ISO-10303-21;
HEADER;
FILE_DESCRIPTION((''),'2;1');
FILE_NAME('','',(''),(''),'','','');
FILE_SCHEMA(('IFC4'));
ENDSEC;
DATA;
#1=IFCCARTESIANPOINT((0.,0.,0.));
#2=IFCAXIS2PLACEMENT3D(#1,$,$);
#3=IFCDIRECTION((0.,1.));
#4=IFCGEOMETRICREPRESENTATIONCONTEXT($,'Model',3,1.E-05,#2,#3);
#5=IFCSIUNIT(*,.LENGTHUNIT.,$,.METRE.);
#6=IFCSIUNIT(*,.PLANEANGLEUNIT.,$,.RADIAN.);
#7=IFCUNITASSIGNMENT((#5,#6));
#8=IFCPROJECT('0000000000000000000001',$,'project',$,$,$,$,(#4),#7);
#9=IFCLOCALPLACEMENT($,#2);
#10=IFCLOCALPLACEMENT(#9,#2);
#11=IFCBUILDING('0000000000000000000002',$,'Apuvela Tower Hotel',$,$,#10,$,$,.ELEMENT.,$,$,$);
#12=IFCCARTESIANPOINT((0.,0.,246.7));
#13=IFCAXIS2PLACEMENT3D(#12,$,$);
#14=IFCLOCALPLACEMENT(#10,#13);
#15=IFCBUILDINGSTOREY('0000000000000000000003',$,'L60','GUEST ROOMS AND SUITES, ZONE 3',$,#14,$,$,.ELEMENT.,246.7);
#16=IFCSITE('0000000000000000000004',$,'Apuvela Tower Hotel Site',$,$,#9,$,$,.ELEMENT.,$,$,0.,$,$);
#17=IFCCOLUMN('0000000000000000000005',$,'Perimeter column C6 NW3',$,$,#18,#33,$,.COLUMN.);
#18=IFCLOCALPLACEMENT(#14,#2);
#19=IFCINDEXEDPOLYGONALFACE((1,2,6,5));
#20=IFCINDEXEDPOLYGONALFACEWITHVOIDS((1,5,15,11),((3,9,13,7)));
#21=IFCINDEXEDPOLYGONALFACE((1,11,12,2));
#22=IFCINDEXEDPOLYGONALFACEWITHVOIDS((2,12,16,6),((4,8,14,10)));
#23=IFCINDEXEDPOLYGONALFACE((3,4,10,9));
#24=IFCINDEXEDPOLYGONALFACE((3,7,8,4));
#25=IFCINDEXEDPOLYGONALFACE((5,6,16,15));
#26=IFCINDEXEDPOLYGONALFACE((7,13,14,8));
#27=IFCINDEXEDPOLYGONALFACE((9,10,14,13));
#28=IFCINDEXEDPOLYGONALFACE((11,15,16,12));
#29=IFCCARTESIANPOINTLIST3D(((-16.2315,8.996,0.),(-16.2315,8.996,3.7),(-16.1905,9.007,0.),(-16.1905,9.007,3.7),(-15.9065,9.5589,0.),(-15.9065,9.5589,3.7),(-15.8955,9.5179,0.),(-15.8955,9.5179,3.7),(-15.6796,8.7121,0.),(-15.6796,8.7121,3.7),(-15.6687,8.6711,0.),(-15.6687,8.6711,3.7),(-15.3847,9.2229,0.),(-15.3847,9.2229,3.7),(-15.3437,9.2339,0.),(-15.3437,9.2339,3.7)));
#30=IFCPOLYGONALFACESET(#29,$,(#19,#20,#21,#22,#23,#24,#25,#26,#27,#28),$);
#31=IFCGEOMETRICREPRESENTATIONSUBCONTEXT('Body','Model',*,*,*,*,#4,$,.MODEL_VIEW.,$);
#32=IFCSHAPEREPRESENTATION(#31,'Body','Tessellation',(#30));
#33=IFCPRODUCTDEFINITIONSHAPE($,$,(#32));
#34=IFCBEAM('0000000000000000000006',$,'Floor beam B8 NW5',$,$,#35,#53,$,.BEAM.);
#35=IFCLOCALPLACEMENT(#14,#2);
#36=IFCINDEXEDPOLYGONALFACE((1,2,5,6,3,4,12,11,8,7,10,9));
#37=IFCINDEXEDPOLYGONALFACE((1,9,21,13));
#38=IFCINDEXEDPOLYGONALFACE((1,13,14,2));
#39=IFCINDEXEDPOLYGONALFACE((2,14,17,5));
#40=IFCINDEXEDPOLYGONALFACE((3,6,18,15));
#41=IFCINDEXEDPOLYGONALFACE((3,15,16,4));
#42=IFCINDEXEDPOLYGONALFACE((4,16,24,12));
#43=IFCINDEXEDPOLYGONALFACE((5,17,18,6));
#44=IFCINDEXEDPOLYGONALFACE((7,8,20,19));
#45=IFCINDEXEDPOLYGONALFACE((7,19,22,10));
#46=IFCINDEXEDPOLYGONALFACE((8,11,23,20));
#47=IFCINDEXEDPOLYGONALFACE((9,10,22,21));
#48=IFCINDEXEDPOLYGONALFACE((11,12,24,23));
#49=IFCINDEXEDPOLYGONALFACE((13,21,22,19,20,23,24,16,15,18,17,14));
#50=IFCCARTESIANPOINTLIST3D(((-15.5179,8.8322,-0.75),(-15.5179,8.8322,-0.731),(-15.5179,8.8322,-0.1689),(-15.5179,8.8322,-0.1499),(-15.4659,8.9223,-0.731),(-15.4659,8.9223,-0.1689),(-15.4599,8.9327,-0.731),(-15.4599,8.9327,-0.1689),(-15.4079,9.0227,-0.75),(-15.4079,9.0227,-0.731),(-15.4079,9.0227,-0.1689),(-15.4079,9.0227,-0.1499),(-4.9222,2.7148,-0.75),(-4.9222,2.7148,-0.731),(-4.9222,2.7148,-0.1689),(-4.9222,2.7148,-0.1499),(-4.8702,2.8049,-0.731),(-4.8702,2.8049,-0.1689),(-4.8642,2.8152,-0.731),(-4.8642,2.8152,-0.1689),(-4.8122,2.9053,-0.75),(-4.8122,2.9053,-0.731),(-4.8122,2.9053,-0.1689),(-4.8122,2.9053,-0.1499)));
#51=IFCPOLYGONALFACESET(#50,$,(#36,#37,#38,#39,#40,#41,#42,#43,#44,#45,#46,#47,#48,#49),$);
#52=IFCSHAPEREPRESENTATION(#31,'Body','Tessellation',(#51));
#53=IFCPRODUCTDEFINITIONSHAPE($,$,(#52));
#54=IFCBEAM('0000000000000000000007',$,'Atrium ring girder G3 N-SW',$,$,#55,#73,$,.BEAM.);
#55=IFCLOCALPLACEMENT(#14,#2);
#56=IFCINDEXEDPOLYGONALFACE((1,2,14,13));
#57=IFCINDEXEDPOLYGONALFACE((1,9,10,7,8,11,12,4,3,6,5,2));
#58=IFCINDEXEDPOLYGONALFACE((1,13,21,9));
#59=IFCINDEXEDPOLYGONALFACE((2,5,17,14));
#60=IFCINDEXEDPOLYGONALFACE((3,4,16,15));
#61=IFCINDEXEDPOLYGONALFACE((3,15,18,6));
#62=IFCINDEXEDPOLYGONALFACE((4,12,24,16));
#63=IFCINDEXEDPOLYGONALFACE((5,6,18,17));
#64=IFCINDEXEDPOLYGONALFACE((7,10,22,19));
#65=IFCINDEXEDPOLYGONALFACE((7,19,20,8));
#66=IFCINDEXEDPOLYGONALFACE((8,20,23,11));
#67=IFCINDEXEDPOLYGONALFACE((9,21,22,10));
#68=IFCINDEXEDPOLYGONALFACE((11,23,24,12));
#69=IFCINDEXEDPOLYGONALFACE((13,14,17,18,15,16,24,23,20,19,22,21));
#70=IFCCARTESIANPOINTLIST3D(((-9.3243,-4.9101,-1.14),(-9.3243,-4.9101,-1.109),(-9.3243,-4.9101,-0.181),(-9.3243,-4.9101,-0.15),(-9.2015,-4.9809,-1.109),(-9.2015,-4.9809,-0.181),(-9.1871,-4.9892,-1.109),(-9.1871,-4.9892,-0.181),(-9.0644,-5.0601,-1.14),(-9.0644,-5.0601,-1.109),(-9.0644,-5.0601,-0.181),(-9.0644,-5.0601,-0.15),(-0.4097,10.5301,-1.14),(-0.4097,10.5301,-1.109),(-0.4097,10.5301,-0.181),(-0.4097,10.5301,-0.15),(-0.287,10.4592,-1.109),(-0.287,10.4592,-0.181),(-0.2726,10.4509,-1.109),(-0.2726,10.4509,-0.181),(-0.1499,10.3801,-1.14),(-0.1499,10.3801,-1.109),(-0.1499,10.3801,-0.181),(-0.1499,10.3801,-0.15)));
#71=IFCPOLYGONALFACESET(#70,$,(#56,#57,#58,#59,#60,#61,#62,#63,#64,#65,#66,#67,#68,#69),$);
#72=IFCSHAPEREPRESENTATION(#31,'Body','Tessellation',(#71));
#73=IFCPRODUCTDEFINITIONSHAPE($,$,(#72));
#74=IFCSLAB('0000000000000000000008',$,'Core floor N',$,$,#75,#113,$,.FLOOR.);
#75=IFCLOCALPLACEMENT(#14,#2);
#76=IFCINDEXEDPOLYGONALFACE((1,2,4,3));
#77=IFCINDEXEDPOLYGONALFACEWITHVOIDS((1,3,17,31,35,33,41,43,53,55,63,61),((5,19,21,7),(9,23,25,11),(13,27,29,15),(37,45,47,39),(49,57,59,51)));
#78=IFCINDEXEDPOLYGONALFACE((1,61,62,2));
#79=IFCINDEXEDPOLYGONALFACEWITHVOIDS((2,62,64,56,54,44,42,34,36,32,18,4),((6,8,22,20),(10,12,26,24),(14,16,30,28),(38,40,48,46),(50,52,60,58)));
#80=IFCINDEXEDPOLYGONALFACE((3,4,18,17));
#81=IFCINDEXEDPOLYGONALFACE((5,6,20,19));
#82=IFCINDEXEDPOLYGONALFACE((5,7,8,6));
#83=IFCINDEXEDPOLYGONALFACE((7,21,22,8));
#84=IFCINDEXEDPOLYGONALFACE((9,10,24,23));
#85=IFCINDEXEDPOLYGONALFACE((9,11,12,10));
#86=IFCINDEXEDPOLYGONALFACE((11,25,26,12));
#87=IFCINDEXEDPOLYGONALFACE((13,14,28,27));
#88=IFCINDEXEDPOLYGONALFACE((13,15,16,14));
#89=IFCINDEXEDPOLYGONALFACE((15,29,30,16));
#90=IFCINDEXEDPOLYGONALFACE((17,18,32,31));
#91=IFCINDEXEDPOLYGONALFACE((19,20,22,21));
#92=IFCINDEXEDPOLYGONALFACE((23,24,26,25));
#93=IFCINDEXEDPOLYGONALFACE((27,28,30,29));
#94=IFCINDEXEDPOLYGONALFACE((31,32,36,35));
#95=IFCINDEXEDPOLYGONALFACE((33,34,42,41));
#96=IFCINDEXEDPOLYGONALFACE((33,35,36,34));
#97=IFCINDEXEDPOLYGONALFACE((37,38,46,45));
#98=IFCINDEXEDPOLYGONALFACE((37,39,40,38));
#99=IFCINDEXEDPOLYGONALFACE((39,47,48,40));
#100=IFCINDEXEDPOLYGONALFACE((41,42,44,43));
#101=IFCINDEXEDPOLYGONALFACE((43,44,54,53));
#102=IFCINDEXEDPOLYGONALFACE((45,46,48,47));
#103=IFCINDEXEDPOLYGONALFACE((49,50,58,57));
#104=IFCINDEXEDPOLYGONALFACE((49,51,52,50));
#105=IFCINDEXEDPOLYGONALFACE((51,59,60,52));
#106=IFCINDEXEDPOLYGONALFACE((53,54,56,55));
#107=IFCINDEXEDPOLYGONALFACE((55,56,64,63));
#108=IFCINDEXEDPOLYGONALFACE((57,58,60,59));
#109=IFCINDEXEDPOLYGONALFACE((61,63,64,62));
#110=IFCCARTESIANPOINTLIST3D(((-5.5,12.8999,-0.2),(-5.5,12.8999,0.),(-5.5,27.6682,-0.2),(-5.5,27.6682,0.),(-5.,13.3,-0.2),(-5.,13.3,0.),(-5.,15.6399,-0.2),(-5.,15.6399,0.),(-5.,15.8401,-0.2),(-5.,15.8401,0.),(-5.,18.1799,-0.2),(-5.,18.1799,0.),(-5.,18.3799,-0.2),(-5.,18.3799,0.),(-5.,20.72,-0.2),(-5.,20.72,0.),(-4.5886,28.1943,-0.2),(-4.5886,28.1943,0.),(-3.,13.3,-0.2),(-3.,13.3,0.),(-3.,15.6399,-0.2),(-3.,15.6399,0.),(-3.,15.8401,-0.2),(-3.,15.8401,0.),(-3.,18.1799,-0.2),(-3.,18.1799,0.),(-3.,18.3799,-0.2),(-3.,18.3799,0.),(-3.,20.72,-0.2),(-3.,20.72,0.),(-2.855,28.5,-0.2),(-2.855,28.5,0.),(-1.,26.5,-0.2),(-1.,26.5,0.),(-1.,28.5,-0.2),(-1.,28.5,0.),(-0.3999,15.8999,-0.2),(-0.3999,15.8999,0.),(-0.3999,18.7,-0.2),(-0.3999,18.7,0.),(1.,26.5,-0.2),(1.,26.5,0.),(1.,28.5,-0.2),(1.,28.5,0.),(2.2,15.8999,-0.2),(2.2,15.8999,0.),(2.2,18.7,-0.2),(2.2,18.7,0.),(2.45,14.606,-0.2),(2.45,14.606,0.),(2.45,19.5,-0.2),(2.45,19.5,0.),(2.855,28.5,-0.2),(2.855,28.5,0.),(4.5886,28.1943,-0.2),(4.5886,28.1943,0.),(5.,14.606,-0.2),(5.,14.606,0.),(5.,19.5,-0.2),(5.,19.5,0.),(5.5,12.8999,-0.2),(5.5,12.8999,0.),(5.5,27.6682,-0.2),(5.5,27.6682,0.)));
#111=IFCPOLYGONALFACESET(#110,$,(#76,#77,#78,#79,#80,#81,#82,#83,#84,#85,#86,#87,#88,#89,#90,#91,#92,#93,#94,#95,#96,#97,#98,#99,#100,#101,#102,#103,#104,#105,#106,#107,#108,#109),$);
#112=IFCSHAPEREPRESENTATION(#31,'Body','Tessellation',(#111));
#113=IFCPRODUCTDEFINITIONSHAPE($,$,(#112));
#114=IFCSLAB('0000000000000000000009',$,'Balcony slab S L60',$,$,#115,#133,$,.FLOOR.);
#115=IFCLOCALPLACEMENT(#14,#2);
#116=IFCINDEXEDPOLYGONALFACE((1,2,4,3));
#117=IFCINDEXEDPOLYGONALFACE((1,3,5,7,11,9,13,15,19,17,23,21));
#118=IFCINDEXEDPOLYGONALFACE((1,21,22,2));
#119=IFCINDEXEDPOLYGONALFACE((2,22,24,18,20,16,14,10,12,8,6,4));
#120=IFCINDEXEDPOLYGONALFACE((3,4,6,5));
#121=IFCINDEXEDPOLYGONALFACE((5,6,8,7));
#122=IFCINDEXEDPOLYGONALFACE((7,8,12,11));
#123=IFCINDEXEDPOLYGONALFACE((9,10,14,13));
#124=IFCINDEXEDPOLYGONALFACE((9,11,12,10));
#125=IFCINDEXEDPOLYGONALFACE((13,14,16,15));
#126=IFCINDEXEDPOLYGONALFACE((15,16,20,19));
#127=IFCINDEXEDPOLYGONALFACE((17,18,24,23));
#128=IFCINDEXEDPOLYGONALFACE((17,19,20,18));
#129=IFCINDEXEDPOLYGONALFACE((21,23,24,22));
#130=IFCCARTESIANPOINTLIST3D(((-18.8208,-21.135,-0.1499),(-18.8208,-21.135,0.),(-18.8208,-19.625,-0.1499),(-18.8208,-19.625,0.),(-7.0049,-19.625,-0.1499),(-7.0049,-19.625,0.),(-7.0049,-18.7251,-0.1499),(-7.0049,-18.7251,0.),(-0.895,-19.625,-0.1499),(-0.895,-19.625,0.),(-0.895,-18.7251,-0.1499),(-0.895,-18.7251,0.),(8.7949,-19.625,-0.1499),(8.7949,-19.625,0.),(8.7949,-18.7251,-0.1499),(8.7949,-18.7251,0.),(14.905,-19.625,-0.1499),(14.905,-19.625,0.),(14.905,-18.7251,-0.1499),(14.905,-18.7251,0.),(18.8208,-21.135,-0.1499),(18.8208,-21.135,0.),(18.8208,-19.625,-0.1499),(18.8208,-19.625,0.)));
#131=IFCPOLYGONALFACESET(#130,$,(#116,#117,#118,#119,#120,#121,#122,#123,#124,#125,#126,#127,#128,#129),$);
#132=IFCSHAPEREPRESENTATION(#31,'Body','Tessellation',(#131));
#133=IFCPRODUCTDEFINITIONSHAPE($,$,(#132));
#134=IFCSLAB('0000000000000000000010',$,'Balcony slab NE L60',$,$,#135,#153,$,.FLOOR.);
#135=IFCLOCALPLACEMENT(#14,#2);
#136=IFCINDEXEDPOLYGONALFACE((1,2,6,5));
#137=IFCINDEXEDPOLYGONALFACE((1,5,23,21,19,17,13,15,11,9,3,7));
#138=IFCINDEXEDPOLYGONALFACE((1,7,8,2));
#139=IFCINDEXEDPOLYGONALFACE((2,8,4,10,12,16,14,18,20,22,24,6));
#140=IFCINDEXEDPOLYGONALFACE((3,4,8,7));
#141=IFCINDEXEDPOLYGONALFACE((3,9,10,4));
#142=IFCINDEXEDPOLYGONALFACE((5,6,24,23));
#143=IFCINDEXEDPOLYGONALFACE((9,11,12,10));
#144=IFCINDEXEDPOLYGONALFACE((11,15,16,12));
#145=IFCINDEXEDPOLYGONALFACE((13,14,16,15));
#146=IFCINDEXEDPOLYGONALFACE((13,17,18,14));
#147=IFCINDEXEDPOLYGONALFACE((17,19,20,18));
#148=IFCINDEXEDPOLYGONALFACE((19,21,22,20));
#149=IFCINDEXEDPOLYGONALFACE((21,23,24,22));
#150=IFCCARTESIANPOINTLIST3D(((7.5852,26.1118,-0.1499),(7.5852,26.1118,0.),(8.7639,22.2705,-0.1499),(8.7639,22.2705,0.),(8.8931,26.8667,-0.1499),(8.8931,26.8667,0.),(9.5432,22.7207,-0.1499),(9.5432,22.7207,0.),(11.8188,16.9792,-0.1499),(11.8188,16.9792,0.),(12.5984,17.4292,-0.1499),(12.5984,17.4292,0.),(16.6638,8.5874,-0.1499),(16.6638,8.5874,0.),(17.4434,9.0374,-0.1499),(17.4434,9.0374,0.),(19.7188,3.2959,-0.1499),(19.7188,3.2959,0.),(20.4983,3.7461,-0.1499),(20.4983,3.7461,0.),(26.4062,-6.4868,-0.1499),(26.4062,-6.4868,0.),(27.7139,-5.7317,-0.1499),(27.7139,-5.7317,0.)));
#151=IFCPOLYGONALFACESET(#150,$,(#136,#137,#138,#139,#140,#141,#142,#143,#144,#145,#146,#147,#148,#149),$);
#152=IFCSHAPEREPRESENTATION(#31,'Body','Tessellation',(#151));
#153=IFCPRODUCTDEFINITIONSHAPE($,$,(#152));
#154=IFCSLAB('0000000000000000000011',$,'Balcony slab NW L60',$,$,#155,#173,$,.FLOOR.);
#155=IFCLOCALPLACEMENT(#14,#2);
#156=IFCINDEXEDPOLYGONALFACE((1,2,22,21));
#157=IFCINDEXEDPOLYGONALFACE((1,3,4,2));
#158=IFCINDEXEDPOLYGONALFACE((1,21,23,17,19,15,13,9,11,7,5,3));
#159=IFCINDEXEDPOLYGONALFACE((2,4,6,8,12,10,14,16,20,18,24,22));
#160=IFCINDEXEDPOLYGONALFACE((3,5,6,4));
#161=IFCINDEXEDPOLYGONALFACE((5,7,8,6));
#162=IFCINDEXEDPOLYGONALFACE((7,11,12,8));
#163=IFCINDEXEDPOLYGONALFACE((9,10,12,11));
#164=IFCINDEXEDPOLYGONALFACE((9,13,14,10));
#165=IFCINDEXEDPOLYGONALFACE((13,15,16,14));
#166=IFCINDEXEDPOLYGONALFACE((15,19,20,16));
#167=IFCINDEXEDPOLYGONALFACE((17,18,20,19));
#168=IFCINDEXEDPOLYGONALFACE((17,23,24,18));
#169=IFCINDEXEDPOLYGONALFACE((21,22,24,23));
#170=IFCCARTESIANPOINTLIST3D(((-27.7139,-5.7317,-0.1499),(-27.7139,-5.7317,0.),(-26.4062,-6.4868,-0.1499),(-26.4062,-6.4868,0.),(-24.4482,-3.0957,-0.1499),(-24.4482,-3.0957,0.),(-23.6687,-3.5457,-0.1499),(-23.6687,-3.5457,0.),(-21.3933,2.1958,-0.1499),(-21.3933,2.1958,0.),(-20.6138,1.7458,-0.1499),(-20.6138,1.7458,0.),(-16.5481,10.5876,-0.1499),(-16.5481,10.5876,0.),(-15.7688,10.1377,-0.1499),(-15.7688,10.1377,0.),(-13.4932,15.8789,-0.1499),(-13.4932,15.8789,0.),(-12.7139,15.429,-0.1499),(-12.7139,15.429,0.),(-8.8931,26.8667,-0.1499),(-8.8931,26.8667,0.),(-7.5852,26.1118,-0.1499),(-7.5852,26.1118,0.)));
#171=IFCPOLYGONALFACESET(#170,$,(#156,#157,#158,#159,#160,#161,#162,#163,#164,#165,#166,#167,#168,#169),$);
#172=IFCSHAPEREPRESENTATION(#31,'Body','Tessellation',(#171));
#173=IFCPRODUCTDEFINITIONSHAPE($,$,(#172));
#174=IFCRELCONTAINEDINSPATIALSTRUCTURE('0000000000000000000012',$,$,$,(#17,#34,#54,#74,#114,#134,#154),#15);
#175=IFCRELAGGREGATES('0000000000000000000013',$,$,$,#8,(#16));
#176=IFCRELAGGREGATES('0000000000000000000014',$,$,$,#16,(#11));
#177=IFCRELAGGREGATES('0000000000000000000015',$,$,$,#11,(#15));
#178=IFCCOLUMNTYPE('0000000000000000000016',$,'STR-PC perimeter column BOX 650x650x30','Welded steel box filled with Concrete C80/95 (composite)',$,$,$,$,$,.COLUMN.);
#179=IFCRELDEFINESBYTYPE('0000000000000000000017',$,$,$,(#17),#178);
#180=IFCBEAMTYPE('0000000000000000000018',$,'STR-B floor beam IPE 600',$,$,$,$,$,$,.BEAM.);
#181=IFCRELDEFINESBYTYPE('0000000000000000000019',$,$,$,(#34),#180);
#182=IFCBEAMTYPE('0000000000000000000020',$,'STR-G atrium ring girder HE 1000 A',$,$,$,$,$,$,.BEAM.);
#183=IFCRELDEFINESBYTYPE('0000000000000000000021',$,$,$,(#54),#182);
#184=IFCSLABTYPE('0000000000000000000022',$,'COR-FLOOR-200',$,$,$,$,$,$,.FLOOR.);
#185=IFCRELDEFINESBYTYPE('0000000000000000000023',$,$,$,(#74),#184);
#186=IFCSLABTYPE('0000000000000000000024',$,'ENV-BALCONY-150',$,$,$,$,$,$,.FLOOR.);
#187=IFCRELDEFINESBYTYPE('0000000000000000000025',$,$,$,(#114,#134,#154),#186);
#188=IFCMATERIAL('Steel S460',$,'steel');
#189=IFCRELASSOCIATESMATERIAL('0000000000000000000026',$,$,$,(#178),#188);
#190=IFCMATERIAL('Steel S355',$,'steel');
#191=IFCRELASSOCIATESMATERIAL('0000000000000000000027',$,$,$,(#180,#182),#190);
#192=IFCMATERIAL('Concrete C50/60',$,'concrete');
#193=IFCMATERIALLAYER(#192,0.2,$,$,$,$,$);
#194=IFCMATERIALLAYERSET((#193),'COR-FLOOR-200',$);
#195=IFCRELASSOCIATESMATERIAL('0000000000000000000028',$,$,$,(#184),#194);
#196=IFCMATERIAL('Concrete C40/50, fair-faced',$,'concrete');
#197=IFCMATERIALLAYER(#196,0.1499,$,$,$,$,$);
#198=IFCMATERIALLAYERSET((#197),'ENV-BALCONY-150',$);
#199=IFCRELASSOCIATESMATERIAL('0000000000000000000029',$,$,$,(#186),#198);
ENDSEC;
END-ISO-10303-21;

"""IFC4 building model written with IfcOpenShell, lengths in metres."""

from ifc_helpers import new_model, si_unit, direction, frame, origin, origin_2d, place, context, subcontext, project, spatial, polyline, rectangle, hollow_rectangle, i_section, outline, extrude, material, layer, layer_set, material_profile, profile_set, type_object, element, save


model = new_model("IFC4")

# Units and contexts
model_context = context("Model", 3, precision=1e-05, world=origin(), true_north=direction((0.0, 1.0)))
body_context = subcontext(model_context, "Body", "Model", "MODEL_VIEW")
ifc_project = project(units=[si_unit("LENGTHUNIT", "METRE"), si_unit("PLANEANGLEUNIT", "RADIAN")], contexts=[model_context])

# Site, building, storey
site_placement = place(None, origin())
site = spatial("IfcSite", under=ifc_project, at=site_placement, Name="Apuvela Tower Hotel Site", CompositionType="ELEMENT", RefElevation=0.0)
building_placement = place(site_placement, origin())
building = spatial("IfcBuilding", under=site, at=building_placement, Name="Apuvela Tower Hotel", CompositionType="ELEMENT")
storey_placement = place(building_placement, frame((0.0, 0.0, 246.7)))
storey = spatial("IfcBuildingStorey", under=building, at=storey_placement, Name="L60", Description="GUEST ROOMS AND SUITES, ZONE 3", CompositionType="ELEMENT", Elevation=246.7)

# Column
ifc_material_1 = material(Name="Steel S460", Category="steel")
ifc_material_profile_1 = material_profile(ifc_material_1, hollow_rectangle(XDim=0.6499, YDim=0.6499, WallThickness=0.03, at=origin_2d()), Name="BOX 650x650x30")
ifc_material_2 = material(Name="Concrete C80/95", Category="concrete")
ifc_material_profile_2 = material_profile(ifc_material_2, rectangle(XDim=0.5901, YDim=0.5901, at=origin_2d()), Name="Concrete C80/95 infill")
ifc_profile_set_1 = profile_set([ifc_material_profile_1, ifc_material_profile_2], Name="Steel S460")
column_type = type_object("IfcColumnType", Name="STR-PC perimeter column BOX 650x650x30", Description="Welded steel box filled with Concrete C80/95 (composite)", PredefinedType="COLUMN", material=ifc_profile_set_1)
column_placement = place(storey_placement, frame((-15.7876, 9.115, 0.0), z_axis=(0.0, 0.0, 1.0), x_axis=(0.5, 0.866025, 0.0)))
element("IfcColumn", 1, at=column_placement, inside=storey, type_object=column_type, Name="Perimeter column C6 NW3", PredefinedType="COLUMN", context=body_context, shape_type="SweptSolid", body=[
    extrude(hollow_rectangle(XDim=0.6499, YDim=0.6499, WallThickness=0.03, at=origin_2d()), origin(), (0.0, 0.0, 1.0), 3.7),
])

# Beams
ifc_material_3 = material(Name="Steel S355", Category="steel")
ifc_material_profile_3 = material_profile(ifc_material_3, i_section(OverallWidth=0.22, OverallDepth=0.6001, WebThickness=0.012, FlangeThickness=0.019, at=origin_2d()), Name="IPE 600")
ifc_profile_set_2 = profile_set([ifc_material_profile_3], Name="Steel S355")
beam_type_1 = type_object("IfcBeamType", Name="STR-B floor beam IPE 600", PredefinedType="BEAM", material=ifc_profile_set_2)
beam_1_placement = place(storey_placement, frame((-15.4629, 8.9275, -0.45), z_axis=(0.866025, -0.5, 0.0), x_axis=(0.5, 0.866025, 0.0)))
element("IfcBeam", 2, at=beam_1_placement, inside=storey, type_object=beam_type_1, Name="Floor beam B8 NW5", PredefinedType="BEAM", context=body_context, shape_type="SweptSolid", body=[
    extrude(i_section(OverallWidth=0.22, OverallDepth=0.6001, WebThickness=0.012, FlangeThickness=0.019, at=origin_2d()), origin(), (0.0, 0.0, 1.0), 12.2349),
])
ifc_material_profile_4 = material_profile(ifc_material_3, i_section(OverallWidth=0.3, OverallDepth=0.99, WebThickness=0.0166, FlangeThickness=0.031, at=origin_2d()), Name="HE 1000 A")
ifc_profile_set_3 = profile_set([ifc_material_profile_4], Name="Steel S355")
beam_type_2 = type_object("IfcBeamType", Name="STR-G atrium ring girder HE 1000 A", PredefinedType="BEAM", material=ifc_profile_set_3)
beam_2_placement = place(storey_placement, frame((-0.2798, 10.4551, -0.645), z_axis=(-0.500007, -0.866022, 0.0), x_axis=(0.866022, -0.500007, 0.0)))
element("IfcBeam", 3, at=beam_2_placement, inside=storey, type_object=beam_type_2, Name="Atrium ring girder G3 N-SW", PredefinedType="BEAM", context=body_context, shape_type="SweptSolid", body=[
    extrude(i_section(OverallWidth=0.3, OverallDepth=0.99, WebThickness=0.0166, FlangeThickness=0.031, at=origin_2d()), origin(), (0.0, 0.0, 1.0), 17.8289),
])

# Slabs
ifc_material_4 = material(Name="Concrete C50/60", Category="concrete")
ifc_layer_1 = layer(ifc_material_4, 0.2)
ifc_layer_set_1 = layer_set([ifc_layer_1], Name="COR-FLOOR-200")
slab_type_1 = type_object("IfcSlabType", Name="COR-FLOOR-200", PredefinedType="FLOOR", material=ifc_layer_set_1)
slab_1_placement = place(storey_placement, frame((0.0, 0.0, -0.2)))
element("IfcSlab", 4, at=slab_1_placement, inside=storey, type_object=slab_type_1, Name="Core floor N", PredefinedType="FLOOR", context=body_context, shape_type="SweptSolid", body=[
    extrude(outline(polyline([(5.5, 27.6682), (4.5886, 28.1943), (2.855, 28.5), (1.0, 28.5), (1.0, 26.5), (-1.0, 26.5), (-1.0, 28.5), (-2.855, 28.5), (-4.5886, 28.1943), (-5.5, 27.6682), (-5.5, 12.8999), (5.5, 12.8999), (5.5, 27.6682)]), holes=[polyline([(-3.0, 13.3), (-5.0, 13.3), (-5.0, 15.6399), (-3.0, 15.6399), (-3.0, 13.3)]), polyline([(-3.0, 15.8401), (-5.0, 15.8401), (-5.0, 18.1799), (-3.0, 18.1799), (-3.0, 15.8401)]), polyline([(5.0, 14.606), (2.45, 14.606), (2.45, 19.5), (5.0, 19.5), (5.0, 14.606)]), polyline([(2.2, 18.7), (2.2, 15.8999), (-0.3999, 15.8999), (-0.3999, 18.7), (2.2, 18.7)]), polyline([(-3.0, 20.72), (-3.0, 18.3799), (-5.0, 18.3799), (-5.0, 20.72), (-3.0, 20.72)])]), origin(), (0.0, 0.0, 1.0), 0.2),
])
ifc_material_5 = material(Name="Concrete C40/50, fair-faced", Category="concrete")
ifc_layer_2 = layer(ifc_material_5, 0.1499)
ifc_layer_set_2 = layer_set([ifc_layer_2], Name="ENV-BALCONY-150")
slab_type_2 = type_object("IfcSlabType", Name="ENV-BALCONY-150", PredefinedType="FLOOR", material=ifc_layer_set_2)
slab_2_placement = place(storey_placement, frame((0.0, 0.0, -0.1499)))
element("IfcSlab", 5, at=slab_2_placement, inside=storey, type_object=slab_type_2, Name="Balcony slab S L60", PredefinedType="FLOOR", context=body_context, shape_type="SweptSolid", body=[
    extrude(outline(polyline([(18.8208, -21.135), (-18.8208, -21.135), (-18.8208, -19.625), (-7.0049, -19.625), (-7.0049, -18.7251), (-0.895, -18.7251), (-0.895, -19.625), (8.7949, -19.625), (8.7949, -18.7251), (14.905, -18.7251), (14.905, -19.625), (18.8208, -19.625), (18.8208, -21.135)])), origin(), (0.0, 0.0, 1.0), 0.1499),
])
slab_3_placement = place(storey_placement, frame((0.0, 0.0, -0.1499)))
element("IfcSlab", 6, at=slab_3_placement, inside=storey, type_object=slab_type_2, Name="Balcony slab NE L60", PredefinedType="FLOOR", context=body_context, shape_type="SweptSolid", body=[
    extrude(outline(polyline([(17.4434, 9.0374), (12.5984, 17.4292), (11.8188, 16.9792), (8.7639, 22.2705), (9.5432, 22.7207), (7.5852, 26.1118), (8.8931, 26.8667), (27.7139, -5.7317), (26.4062, -6.4868), (20.4983, 3.7461), (19.7188, 3.2959), (16.6638, 8.5874), (17.4434, 9.0374)])), origin(), (0.0, 0.0, 1.0), 0.1499),
])
slab_4_placement = place(storey_placement, frame((0.0, 0.0, -0.1499)))
element("IfcSlab", 7, at=slab_4_placement, inside=storey, type_object=slab_type_2, Name="Balcony slab NW L60", PredefinedType="FLOOR", context=body_context, shape_type="SweptSolid", body=[
    extrude(outline(polyline([(-27.7139, -5.7317), (-8.8931, 26.8667), (-7.5852, 26.1118), (-13.4932, 15.8789), (-12.7139, 15.429), (-15.7688, 10.1377), (-16.5481, 10.5876), (-21.3933, 2.1958), (-20.6138, 1.7458), (-23.6687, -3.5457), (-24.4482, -3.0957), (-26.4062, -6.4868), (-27.7139, -5.7317)])), origin(), (0.0, 0.0, 1.0), 0.1499),
])

save(model, "model.ifc")
